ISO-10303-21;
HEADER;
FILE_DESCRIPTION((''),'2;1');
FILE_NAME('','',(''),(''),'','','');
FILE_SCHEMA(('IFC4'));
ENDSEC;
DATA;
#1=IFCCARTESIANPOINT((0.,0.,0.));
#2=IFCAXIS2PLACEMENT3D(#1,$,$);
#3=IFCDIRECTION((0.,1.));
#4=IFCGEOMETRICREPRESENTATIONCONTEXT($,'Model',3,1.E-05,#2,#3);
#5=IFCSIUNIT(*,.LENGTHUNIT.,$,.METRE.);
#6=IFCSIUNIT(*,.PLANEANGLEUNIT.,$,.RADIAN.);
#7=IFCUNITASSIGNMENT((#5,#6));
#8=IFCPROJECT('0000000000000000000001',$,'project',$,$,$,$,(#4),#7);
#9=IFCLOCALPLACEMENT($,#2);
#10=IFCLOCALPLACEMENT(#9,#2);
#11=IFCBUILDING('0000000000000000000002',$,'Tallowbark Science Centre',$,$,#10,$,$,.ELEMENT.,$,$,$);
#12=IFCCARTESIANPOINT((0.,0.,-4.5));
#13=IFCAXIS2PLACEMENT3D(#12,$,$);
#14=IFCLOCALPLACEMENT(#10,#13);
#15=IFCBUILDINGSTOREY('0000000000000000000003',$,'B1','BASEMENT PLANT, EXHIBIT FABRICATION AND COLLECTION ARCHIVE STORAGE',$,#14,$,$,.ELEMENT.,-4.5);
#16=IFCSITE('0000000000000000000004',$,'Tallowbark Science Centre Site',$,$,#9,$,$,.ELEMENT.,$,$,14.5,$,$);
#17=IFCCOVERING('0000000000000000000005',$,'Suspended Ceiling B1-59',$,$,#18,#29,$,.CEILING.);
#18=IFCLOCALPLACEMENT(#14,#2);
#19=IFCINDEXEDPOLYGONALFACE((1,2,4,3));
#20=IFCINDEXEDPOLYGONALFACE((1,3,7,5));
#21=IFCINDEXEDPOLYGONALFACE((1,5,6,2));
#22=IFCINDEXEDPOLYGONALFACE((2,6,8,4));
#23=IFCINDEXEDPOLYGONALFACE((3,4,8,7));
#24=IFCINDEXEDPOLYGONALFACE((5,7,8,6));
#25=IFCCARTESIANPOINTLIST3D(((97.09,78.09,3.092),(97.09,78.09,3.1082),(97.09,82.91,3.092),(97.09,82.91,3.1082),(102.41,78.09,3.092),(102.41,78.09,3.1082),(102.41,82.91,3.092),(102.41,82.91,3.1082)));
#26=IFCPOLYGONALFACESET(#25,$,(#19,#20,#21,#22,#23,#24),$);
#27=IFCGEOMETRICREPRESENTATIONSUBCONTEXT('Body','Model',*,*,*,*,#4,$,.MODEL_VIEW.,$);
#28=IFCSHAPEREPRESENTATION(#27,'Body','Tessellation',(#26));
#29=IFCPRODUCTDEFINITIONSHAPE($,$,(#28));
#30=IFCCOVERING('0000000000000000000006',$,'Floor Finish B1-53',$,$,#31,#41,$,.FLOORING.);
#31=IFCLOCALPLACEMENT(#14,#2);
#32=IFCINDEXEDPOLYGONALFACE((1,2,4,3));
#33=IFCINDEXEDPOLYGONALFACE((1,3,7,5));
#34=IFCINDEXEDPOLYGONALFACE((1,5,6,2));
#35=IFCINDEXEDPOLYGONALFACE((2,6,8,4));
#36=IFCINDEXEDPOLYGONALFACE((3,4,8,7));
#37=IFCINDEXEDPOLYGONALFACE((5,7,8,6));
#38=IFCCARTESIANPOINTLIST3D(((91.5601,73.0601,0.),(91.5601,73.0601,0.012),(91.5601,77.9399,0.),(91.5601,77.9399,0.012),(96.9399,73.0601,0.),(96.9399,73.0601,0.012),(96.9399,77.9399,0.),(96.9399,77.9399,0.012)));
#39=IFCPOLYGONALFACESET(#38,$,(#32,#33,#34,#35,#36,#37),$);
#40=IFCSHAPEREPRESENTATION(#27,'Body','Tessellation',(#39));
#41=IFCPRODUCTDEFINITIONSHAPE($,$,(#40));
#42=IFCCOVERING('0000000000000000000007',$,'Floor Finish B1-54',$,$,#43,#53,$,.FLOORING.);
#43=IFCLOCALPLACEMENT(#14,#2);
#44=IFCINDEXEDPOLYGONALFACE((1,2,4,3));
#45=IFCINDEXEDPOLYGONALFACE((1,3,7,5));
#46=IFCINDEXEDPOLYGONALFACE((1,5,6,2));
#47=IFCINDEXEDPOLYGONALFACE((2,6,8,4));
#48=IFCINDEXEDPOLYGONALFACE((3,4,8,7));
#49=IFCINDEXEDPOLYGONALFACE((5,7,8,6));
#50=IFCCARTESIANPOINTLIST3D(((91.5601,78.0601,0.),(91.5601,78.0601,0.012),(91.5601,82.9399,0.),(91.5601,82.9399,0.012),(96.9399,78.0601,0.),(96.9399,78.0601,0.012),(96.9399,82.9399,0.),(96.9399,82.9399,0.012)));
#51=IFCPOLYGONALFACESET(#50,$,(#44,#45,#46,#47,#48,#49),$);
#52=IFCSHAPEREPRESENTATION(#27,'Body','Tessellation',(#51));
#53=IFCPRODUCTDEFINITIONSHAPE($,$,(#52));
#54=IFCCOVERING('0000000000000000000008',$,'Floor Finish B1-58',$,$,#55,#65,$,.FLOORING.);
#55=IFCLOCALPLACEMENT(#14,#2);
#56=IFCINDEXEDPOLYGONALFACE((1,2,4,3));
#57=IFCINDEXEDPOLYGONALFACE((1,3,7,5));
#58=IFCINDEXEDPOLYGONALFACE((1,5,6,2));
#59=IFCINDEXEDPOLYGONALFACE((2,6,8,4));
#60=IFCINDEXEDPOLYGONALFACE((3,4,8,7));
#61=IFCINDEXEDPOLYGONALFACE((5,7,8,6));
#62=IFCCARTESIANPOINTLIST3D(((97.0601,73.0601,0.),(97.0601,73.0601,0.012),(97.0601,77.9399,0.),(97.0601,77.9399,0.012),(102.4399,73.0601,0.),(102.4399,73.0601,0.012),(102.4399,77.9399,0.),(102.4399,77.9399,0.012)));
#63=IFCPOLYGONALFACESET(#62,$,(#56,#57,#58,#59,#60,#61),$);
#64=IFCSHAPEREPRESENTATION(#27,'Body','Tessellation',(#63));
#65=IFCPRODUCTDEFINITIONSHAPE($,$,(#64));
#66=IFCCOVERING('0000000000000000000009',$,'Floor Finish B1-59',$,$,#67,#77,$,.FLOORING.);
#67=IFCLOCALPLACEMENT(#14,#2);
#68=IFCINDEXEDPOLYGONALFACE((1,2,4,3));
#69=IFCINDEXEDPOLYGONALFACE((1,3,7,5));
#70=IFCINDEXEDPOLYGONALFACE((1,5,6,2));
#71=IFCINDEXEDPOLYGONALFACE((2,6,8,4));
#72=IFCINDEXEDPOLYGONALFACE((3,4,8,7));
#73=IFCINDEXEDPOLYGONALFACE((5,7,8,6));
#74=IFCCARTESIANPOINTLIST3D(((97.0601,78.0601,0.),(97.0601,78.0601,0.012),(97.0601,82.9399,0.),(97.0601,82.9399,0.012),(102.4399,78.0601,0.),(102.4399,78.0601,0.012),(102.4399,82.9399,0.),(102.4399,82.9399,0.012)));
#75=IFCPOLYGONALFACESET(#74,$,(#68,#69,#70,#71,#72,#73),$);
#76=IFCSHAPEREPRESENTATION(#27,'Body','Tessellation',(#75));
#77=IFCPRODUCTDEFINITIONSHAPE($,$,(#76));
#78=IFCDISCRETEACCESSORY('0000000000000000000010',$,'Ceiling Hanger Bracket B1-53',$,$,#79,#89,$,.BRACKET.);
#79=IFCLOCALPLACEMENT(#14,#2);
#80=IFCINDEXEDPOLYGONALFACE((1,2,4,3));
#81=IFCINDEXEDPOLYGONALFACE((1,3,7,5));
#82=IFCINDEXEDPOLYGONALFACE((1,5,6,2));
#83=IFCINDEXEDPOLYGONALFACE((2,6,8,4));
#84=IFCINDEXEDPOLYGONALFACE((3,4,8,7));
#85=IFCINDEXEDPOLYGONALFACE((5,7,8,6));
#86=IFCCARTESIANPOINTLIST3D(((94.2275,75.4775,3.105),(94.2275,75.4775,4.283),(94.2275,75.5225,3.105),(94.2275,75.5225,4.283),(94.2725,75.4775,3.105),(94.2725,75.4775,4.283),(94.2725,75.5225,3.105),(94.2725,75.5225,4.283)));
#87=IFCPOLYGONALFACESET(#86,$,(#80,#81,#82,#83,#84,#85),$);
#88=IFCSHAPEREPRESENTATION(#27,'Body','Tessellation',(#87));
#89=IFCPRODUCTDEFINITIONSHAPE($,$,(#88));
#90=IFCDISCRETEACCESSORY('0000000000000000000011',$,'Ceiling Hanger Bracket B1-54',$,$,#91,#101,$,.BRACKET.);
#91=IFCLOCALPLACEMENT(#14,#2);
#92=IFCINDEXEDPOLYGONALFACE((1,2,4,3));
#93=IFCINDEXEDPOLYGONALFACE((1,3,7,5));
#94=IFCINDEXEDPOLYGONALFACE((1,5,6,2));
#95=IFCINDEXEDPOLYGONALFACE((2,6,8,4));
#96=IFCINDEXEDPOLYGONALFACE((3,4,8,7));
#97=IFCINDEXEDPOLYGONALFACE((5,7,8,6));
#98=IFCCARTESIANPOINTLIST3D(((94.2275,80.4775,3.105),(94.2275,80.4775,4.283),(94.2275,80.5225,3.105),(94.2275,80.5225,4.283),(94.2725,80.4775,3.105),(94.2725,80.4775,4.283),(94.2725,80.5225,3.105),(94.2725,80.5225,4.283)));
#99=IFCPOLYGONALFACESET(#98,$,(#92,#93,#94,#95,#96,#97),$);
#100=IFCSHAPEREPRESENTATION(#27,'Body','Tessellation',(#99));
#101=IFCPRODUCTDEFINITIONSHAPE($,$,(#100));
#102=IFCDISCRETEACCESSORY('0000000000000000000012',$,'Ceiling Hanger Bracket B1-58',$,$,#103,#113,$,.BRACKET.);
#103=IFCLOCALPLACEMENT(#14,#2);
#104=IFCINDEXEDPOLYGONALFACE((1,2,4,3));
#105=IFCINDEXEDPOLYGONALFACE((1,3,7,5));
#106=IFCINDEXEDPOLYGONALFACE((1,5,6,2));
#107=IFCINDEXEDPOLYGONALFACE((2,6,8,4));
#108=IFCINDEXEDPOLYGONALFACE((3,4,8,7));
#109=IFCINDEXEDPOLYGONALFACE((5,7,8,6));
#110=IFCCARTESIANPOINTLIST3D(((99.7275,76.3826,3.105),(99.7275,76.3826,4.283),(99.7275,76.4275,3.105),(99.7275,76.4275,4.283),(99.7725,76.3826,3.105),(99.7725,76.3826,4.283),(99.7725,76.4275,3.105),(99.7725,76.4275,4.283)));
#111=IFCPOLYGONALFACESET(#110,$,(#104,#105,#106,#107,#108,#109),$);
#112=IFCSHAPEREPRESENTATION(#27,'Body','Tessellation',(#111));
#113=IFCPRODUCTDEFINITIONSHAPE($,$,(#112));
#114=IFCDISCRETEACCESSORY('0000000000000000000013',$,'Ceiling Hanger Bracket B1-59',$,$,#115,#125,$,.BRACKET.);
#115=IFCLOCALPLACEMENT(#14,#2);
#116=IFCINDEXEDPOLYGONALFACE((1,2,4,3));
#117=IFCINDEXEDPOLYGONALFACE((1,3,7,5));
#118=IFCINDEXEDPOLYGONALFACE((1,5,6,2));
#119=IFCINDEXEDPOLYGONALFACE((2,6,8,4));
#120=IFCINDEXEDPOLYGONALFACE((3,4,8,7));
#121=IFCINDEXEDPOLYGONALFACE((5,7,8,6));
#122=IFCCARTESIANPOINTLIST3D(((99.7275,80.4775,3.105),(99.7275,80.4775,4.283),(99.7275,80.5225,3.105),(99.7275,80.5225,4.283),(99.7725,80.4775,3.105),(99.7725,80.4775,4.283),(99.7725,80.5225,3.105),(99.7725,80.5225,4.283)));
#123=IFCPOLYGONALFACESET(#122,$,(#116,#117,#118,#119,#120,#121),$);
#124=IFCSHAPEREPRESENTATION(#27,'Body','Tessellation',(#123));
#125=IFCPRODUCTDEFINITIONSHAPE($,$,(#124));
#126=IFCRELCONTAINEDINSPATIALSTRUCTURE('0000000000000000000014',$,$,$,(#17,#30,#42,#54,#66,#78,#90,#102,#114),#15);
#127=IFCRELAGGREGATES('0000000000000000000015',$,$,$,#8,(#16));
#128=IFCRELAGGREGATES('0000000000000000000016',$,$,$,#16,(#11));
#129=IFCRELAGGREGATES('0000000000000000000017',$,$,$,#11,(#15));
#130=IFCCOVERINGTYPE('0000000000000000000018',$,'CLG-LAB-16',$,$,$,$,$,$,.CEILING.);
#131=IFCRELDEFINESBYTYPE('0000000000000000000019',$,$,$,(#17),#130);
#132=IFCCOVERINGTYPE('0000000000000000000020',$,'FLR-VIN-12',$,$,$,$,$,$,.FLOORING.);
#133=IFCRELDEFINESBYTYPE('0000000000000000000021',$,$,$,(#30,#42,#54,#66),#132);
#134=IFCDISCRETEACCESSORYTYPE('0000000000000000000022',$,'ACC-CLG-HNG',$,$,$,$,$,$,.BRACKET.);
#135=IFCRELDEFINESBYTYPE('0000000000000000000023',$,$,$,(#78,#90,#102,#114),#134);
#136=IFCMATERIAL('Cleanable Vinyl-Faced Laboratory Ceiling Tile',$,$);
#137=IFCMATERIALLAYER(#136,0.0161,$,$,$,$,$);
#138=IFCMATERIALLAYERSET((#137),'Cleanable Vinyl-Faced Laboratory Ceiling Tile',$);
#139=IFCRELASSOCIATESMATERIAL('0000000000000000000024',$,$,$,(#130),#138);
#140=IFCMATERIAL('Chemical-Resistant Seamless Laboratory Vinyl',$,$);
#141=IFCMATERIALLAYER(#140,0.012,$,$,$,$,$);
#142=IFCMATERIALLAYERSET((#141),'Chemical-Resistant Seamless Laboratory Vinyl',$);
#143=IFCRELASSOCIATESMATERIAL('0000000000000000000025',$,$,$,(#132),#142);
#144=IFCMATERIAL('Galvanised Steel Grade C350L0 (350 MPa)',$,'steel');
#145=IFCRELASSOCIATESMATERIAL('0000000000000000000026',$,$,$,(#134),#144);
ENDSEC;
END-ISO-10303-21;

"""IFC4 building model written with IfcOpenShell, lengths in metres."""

from ifc_helpers import new_model, si_unit, direction, frame, origin, origin_2d, place, context, subcontext, project, spatial, rectangle, extrude, material, layer, layer_set, type_object, element, save


model = new_model("IFC4")

# Units and contexts
model_context = context("Model", 3, precision=1e-05, world=origin(), true_north=direction((0.0, 1.0)))
body_context = subcontext(model_context, "Body", "Model", "MODEL_VIEW")
ifc_project = project(units=[si_unit("LENGTHUNIT", "METRE"), si_unit("PLANEANGLEUNIT", "RADIAN")], contexts=[model_context])

# Site, building, storey
site_placement = place(None, origin())
site = spatial("IfcSite", under=ifc_project, at=site_placement, Name="Tallowbark Science Centre Site", CompositionType="ELEMENT", RefElevation=14.5)
building_placement = place(site_placement, origin())
building = spatial("IfcBuilding", under=site, at=building_placement, Name="Tallowbark Science Centre", CompositionType="ELEMENT")
storey_placement = place(building_placement, frame((0.0, 0.0, -4.5)))
storey = spatial("IfcBuildingStorey", under=building, at=storey_placement, Name="B1", Description="BASEMENT PLANT, EXHIBIT FABRICATION AND COLLECTION ARCHIVE STORAGE", CompositionType="ELEMENT", Elevation=-4.5)

# Coverings
ifc_material_1 = material(Name="Cleanable Vinyl-Faced Laboratory Ceiling Tile")
ifc_layer_1 = layer(ifc_material_1, 0.0161)
ifc_layer_set_1 = layer_set([ifc_layer_1], Name="Cleanable Vinyl-Faced Laboratory Ceiling Tile")
covering_type_1 = type_object("IfcCoveringType", Name="CLG-LAB-16", PredefinedType="CEILING", material=ifc_layer_set_1)
for number, where, z_axis, x_axis, name in (
    (1, (99.75, 80.5, 3.092), (0.0, 0.0, 1.0), (1.0, 0.0, 0.0), "Suspended Ceiling B1-59"),
):
    element("IfcCovering", number, at=place(storey_placement, frame(where, z_axis=z_axis, x_axis=x_axis)), inside=storey, type_object=covering_type_1, Name=name, PredefinedType="CEILING", context=body_context, shape_type="SweptSolid", body=[
        extrude(rectangle(XDim=5.3201, YDim=4.8201, at=origin_2d()), origin(), (0.0, 0.0, 1.0), 0.0161),
    ])
ifc_material_2 = material(Name="Chemical-Resistant Seamless Laboratory Vinyl")
ifc_layer_2 = layer(ifc_material_2, 0.012)
ifc_layer_set_2 = layer_set([ifc_layer_2], Name="Chemical-Resistant Seamless Laboratory Vinyl")
covering_type_2 = type_object("IfcCoveringType", Name="FLR-VIN-12", PredefinedType="FLOORING", material=ifc_layer_set_2)
for number, where, z_axis, x_axis, name in (
    (2, (94.25, 75.5, 0.0), (0.0, 0.0, 1.0), (1.0, 0.0, 0.0), "Floor Finish B1-53"),
    (3, (94.25, 80.5, 0.0), (0.0, 0.0, 1.0), (1.0, 0.0, 0.0), "Floor Finish B1-54"),
    (4, (99.75, 75.5, 0.0), (0.0, 0.0, 1.0), (1.0, 0.0, 0.0), "Floor Finish B1-58"),
    (5, (99.75, 80.5, 0.0), (0.0, 0.0, 1.0), (1.0, 0.0, 0.0), "Floor Finish B1-59"),
):
    element("IfcCovering", number, at=place(storey_placement, frame(where, z_axis=z_axis, x_axis=x_axis)), inside=storey, type_object=covering_type_2, Name=name, PredefinedType="FLOORING", context=body_context, shape_type="SweptSolid", body=[
        extrude(rectangle(XDim=5.3799, YDim=4.8799, at=origin_2d()), origin(), (0.0, 0.0, 1.0), 0.012),
    ])

# Discrete accessories
ifc_material_3 = material(Name="Galvanised Steel Grade C350L0 (350 MPa)", Category="steel")
discrete_accessory_type = type_object("IfcDiscreteAccessoryType", Name="ACC-CLG-HNG", PredefinedType="BRACKET", material=ifc_material_3)
for number, where, z_axis, x_axis, name in (
    (6, (94.25, 75.5, 3.105), (0.0, 0.0, 1.0), (1.0, 0.0, 0.0), "Ceiling Hanger Bracket B1-53"),
    (7, (94.25, 80.5, 3.105), (0.0, 0.0, 1.0), (1.0, 0.0, 0.0), "Ceiling Hanger Bracket B1-54"),
    (8, (99.75, 76.405, 3.105), (0.0, 0.0, 1.0), (1.0, 0.0, 0.0), "Ceiling Hanger Bracket B1-58"),
    (9, (99.75, 80.5, 3.105), (0.0, 0.0, 1.0), (1.0, 0.0, 0.0), "Ceiling Hanger Bracket B1-59"),
):
    element("IfcDiscreteAccessory", number, at=place(storey_placement, frame(where, z_axis=z_axis, x_axis=x_axis)), inside=storey, type_object=discrete_accessory_type, Name=name, PredefinedType="BRACKET", context=body_context, shape_type="SweptSolid", body=[
        extrude(rectangle(XDim=0.0449, YDim=0.0449, at=origin_2d()), origin(), (0.0, 0.0, 1.0), 1.178),
    ])

save(model, "model.ifc")
